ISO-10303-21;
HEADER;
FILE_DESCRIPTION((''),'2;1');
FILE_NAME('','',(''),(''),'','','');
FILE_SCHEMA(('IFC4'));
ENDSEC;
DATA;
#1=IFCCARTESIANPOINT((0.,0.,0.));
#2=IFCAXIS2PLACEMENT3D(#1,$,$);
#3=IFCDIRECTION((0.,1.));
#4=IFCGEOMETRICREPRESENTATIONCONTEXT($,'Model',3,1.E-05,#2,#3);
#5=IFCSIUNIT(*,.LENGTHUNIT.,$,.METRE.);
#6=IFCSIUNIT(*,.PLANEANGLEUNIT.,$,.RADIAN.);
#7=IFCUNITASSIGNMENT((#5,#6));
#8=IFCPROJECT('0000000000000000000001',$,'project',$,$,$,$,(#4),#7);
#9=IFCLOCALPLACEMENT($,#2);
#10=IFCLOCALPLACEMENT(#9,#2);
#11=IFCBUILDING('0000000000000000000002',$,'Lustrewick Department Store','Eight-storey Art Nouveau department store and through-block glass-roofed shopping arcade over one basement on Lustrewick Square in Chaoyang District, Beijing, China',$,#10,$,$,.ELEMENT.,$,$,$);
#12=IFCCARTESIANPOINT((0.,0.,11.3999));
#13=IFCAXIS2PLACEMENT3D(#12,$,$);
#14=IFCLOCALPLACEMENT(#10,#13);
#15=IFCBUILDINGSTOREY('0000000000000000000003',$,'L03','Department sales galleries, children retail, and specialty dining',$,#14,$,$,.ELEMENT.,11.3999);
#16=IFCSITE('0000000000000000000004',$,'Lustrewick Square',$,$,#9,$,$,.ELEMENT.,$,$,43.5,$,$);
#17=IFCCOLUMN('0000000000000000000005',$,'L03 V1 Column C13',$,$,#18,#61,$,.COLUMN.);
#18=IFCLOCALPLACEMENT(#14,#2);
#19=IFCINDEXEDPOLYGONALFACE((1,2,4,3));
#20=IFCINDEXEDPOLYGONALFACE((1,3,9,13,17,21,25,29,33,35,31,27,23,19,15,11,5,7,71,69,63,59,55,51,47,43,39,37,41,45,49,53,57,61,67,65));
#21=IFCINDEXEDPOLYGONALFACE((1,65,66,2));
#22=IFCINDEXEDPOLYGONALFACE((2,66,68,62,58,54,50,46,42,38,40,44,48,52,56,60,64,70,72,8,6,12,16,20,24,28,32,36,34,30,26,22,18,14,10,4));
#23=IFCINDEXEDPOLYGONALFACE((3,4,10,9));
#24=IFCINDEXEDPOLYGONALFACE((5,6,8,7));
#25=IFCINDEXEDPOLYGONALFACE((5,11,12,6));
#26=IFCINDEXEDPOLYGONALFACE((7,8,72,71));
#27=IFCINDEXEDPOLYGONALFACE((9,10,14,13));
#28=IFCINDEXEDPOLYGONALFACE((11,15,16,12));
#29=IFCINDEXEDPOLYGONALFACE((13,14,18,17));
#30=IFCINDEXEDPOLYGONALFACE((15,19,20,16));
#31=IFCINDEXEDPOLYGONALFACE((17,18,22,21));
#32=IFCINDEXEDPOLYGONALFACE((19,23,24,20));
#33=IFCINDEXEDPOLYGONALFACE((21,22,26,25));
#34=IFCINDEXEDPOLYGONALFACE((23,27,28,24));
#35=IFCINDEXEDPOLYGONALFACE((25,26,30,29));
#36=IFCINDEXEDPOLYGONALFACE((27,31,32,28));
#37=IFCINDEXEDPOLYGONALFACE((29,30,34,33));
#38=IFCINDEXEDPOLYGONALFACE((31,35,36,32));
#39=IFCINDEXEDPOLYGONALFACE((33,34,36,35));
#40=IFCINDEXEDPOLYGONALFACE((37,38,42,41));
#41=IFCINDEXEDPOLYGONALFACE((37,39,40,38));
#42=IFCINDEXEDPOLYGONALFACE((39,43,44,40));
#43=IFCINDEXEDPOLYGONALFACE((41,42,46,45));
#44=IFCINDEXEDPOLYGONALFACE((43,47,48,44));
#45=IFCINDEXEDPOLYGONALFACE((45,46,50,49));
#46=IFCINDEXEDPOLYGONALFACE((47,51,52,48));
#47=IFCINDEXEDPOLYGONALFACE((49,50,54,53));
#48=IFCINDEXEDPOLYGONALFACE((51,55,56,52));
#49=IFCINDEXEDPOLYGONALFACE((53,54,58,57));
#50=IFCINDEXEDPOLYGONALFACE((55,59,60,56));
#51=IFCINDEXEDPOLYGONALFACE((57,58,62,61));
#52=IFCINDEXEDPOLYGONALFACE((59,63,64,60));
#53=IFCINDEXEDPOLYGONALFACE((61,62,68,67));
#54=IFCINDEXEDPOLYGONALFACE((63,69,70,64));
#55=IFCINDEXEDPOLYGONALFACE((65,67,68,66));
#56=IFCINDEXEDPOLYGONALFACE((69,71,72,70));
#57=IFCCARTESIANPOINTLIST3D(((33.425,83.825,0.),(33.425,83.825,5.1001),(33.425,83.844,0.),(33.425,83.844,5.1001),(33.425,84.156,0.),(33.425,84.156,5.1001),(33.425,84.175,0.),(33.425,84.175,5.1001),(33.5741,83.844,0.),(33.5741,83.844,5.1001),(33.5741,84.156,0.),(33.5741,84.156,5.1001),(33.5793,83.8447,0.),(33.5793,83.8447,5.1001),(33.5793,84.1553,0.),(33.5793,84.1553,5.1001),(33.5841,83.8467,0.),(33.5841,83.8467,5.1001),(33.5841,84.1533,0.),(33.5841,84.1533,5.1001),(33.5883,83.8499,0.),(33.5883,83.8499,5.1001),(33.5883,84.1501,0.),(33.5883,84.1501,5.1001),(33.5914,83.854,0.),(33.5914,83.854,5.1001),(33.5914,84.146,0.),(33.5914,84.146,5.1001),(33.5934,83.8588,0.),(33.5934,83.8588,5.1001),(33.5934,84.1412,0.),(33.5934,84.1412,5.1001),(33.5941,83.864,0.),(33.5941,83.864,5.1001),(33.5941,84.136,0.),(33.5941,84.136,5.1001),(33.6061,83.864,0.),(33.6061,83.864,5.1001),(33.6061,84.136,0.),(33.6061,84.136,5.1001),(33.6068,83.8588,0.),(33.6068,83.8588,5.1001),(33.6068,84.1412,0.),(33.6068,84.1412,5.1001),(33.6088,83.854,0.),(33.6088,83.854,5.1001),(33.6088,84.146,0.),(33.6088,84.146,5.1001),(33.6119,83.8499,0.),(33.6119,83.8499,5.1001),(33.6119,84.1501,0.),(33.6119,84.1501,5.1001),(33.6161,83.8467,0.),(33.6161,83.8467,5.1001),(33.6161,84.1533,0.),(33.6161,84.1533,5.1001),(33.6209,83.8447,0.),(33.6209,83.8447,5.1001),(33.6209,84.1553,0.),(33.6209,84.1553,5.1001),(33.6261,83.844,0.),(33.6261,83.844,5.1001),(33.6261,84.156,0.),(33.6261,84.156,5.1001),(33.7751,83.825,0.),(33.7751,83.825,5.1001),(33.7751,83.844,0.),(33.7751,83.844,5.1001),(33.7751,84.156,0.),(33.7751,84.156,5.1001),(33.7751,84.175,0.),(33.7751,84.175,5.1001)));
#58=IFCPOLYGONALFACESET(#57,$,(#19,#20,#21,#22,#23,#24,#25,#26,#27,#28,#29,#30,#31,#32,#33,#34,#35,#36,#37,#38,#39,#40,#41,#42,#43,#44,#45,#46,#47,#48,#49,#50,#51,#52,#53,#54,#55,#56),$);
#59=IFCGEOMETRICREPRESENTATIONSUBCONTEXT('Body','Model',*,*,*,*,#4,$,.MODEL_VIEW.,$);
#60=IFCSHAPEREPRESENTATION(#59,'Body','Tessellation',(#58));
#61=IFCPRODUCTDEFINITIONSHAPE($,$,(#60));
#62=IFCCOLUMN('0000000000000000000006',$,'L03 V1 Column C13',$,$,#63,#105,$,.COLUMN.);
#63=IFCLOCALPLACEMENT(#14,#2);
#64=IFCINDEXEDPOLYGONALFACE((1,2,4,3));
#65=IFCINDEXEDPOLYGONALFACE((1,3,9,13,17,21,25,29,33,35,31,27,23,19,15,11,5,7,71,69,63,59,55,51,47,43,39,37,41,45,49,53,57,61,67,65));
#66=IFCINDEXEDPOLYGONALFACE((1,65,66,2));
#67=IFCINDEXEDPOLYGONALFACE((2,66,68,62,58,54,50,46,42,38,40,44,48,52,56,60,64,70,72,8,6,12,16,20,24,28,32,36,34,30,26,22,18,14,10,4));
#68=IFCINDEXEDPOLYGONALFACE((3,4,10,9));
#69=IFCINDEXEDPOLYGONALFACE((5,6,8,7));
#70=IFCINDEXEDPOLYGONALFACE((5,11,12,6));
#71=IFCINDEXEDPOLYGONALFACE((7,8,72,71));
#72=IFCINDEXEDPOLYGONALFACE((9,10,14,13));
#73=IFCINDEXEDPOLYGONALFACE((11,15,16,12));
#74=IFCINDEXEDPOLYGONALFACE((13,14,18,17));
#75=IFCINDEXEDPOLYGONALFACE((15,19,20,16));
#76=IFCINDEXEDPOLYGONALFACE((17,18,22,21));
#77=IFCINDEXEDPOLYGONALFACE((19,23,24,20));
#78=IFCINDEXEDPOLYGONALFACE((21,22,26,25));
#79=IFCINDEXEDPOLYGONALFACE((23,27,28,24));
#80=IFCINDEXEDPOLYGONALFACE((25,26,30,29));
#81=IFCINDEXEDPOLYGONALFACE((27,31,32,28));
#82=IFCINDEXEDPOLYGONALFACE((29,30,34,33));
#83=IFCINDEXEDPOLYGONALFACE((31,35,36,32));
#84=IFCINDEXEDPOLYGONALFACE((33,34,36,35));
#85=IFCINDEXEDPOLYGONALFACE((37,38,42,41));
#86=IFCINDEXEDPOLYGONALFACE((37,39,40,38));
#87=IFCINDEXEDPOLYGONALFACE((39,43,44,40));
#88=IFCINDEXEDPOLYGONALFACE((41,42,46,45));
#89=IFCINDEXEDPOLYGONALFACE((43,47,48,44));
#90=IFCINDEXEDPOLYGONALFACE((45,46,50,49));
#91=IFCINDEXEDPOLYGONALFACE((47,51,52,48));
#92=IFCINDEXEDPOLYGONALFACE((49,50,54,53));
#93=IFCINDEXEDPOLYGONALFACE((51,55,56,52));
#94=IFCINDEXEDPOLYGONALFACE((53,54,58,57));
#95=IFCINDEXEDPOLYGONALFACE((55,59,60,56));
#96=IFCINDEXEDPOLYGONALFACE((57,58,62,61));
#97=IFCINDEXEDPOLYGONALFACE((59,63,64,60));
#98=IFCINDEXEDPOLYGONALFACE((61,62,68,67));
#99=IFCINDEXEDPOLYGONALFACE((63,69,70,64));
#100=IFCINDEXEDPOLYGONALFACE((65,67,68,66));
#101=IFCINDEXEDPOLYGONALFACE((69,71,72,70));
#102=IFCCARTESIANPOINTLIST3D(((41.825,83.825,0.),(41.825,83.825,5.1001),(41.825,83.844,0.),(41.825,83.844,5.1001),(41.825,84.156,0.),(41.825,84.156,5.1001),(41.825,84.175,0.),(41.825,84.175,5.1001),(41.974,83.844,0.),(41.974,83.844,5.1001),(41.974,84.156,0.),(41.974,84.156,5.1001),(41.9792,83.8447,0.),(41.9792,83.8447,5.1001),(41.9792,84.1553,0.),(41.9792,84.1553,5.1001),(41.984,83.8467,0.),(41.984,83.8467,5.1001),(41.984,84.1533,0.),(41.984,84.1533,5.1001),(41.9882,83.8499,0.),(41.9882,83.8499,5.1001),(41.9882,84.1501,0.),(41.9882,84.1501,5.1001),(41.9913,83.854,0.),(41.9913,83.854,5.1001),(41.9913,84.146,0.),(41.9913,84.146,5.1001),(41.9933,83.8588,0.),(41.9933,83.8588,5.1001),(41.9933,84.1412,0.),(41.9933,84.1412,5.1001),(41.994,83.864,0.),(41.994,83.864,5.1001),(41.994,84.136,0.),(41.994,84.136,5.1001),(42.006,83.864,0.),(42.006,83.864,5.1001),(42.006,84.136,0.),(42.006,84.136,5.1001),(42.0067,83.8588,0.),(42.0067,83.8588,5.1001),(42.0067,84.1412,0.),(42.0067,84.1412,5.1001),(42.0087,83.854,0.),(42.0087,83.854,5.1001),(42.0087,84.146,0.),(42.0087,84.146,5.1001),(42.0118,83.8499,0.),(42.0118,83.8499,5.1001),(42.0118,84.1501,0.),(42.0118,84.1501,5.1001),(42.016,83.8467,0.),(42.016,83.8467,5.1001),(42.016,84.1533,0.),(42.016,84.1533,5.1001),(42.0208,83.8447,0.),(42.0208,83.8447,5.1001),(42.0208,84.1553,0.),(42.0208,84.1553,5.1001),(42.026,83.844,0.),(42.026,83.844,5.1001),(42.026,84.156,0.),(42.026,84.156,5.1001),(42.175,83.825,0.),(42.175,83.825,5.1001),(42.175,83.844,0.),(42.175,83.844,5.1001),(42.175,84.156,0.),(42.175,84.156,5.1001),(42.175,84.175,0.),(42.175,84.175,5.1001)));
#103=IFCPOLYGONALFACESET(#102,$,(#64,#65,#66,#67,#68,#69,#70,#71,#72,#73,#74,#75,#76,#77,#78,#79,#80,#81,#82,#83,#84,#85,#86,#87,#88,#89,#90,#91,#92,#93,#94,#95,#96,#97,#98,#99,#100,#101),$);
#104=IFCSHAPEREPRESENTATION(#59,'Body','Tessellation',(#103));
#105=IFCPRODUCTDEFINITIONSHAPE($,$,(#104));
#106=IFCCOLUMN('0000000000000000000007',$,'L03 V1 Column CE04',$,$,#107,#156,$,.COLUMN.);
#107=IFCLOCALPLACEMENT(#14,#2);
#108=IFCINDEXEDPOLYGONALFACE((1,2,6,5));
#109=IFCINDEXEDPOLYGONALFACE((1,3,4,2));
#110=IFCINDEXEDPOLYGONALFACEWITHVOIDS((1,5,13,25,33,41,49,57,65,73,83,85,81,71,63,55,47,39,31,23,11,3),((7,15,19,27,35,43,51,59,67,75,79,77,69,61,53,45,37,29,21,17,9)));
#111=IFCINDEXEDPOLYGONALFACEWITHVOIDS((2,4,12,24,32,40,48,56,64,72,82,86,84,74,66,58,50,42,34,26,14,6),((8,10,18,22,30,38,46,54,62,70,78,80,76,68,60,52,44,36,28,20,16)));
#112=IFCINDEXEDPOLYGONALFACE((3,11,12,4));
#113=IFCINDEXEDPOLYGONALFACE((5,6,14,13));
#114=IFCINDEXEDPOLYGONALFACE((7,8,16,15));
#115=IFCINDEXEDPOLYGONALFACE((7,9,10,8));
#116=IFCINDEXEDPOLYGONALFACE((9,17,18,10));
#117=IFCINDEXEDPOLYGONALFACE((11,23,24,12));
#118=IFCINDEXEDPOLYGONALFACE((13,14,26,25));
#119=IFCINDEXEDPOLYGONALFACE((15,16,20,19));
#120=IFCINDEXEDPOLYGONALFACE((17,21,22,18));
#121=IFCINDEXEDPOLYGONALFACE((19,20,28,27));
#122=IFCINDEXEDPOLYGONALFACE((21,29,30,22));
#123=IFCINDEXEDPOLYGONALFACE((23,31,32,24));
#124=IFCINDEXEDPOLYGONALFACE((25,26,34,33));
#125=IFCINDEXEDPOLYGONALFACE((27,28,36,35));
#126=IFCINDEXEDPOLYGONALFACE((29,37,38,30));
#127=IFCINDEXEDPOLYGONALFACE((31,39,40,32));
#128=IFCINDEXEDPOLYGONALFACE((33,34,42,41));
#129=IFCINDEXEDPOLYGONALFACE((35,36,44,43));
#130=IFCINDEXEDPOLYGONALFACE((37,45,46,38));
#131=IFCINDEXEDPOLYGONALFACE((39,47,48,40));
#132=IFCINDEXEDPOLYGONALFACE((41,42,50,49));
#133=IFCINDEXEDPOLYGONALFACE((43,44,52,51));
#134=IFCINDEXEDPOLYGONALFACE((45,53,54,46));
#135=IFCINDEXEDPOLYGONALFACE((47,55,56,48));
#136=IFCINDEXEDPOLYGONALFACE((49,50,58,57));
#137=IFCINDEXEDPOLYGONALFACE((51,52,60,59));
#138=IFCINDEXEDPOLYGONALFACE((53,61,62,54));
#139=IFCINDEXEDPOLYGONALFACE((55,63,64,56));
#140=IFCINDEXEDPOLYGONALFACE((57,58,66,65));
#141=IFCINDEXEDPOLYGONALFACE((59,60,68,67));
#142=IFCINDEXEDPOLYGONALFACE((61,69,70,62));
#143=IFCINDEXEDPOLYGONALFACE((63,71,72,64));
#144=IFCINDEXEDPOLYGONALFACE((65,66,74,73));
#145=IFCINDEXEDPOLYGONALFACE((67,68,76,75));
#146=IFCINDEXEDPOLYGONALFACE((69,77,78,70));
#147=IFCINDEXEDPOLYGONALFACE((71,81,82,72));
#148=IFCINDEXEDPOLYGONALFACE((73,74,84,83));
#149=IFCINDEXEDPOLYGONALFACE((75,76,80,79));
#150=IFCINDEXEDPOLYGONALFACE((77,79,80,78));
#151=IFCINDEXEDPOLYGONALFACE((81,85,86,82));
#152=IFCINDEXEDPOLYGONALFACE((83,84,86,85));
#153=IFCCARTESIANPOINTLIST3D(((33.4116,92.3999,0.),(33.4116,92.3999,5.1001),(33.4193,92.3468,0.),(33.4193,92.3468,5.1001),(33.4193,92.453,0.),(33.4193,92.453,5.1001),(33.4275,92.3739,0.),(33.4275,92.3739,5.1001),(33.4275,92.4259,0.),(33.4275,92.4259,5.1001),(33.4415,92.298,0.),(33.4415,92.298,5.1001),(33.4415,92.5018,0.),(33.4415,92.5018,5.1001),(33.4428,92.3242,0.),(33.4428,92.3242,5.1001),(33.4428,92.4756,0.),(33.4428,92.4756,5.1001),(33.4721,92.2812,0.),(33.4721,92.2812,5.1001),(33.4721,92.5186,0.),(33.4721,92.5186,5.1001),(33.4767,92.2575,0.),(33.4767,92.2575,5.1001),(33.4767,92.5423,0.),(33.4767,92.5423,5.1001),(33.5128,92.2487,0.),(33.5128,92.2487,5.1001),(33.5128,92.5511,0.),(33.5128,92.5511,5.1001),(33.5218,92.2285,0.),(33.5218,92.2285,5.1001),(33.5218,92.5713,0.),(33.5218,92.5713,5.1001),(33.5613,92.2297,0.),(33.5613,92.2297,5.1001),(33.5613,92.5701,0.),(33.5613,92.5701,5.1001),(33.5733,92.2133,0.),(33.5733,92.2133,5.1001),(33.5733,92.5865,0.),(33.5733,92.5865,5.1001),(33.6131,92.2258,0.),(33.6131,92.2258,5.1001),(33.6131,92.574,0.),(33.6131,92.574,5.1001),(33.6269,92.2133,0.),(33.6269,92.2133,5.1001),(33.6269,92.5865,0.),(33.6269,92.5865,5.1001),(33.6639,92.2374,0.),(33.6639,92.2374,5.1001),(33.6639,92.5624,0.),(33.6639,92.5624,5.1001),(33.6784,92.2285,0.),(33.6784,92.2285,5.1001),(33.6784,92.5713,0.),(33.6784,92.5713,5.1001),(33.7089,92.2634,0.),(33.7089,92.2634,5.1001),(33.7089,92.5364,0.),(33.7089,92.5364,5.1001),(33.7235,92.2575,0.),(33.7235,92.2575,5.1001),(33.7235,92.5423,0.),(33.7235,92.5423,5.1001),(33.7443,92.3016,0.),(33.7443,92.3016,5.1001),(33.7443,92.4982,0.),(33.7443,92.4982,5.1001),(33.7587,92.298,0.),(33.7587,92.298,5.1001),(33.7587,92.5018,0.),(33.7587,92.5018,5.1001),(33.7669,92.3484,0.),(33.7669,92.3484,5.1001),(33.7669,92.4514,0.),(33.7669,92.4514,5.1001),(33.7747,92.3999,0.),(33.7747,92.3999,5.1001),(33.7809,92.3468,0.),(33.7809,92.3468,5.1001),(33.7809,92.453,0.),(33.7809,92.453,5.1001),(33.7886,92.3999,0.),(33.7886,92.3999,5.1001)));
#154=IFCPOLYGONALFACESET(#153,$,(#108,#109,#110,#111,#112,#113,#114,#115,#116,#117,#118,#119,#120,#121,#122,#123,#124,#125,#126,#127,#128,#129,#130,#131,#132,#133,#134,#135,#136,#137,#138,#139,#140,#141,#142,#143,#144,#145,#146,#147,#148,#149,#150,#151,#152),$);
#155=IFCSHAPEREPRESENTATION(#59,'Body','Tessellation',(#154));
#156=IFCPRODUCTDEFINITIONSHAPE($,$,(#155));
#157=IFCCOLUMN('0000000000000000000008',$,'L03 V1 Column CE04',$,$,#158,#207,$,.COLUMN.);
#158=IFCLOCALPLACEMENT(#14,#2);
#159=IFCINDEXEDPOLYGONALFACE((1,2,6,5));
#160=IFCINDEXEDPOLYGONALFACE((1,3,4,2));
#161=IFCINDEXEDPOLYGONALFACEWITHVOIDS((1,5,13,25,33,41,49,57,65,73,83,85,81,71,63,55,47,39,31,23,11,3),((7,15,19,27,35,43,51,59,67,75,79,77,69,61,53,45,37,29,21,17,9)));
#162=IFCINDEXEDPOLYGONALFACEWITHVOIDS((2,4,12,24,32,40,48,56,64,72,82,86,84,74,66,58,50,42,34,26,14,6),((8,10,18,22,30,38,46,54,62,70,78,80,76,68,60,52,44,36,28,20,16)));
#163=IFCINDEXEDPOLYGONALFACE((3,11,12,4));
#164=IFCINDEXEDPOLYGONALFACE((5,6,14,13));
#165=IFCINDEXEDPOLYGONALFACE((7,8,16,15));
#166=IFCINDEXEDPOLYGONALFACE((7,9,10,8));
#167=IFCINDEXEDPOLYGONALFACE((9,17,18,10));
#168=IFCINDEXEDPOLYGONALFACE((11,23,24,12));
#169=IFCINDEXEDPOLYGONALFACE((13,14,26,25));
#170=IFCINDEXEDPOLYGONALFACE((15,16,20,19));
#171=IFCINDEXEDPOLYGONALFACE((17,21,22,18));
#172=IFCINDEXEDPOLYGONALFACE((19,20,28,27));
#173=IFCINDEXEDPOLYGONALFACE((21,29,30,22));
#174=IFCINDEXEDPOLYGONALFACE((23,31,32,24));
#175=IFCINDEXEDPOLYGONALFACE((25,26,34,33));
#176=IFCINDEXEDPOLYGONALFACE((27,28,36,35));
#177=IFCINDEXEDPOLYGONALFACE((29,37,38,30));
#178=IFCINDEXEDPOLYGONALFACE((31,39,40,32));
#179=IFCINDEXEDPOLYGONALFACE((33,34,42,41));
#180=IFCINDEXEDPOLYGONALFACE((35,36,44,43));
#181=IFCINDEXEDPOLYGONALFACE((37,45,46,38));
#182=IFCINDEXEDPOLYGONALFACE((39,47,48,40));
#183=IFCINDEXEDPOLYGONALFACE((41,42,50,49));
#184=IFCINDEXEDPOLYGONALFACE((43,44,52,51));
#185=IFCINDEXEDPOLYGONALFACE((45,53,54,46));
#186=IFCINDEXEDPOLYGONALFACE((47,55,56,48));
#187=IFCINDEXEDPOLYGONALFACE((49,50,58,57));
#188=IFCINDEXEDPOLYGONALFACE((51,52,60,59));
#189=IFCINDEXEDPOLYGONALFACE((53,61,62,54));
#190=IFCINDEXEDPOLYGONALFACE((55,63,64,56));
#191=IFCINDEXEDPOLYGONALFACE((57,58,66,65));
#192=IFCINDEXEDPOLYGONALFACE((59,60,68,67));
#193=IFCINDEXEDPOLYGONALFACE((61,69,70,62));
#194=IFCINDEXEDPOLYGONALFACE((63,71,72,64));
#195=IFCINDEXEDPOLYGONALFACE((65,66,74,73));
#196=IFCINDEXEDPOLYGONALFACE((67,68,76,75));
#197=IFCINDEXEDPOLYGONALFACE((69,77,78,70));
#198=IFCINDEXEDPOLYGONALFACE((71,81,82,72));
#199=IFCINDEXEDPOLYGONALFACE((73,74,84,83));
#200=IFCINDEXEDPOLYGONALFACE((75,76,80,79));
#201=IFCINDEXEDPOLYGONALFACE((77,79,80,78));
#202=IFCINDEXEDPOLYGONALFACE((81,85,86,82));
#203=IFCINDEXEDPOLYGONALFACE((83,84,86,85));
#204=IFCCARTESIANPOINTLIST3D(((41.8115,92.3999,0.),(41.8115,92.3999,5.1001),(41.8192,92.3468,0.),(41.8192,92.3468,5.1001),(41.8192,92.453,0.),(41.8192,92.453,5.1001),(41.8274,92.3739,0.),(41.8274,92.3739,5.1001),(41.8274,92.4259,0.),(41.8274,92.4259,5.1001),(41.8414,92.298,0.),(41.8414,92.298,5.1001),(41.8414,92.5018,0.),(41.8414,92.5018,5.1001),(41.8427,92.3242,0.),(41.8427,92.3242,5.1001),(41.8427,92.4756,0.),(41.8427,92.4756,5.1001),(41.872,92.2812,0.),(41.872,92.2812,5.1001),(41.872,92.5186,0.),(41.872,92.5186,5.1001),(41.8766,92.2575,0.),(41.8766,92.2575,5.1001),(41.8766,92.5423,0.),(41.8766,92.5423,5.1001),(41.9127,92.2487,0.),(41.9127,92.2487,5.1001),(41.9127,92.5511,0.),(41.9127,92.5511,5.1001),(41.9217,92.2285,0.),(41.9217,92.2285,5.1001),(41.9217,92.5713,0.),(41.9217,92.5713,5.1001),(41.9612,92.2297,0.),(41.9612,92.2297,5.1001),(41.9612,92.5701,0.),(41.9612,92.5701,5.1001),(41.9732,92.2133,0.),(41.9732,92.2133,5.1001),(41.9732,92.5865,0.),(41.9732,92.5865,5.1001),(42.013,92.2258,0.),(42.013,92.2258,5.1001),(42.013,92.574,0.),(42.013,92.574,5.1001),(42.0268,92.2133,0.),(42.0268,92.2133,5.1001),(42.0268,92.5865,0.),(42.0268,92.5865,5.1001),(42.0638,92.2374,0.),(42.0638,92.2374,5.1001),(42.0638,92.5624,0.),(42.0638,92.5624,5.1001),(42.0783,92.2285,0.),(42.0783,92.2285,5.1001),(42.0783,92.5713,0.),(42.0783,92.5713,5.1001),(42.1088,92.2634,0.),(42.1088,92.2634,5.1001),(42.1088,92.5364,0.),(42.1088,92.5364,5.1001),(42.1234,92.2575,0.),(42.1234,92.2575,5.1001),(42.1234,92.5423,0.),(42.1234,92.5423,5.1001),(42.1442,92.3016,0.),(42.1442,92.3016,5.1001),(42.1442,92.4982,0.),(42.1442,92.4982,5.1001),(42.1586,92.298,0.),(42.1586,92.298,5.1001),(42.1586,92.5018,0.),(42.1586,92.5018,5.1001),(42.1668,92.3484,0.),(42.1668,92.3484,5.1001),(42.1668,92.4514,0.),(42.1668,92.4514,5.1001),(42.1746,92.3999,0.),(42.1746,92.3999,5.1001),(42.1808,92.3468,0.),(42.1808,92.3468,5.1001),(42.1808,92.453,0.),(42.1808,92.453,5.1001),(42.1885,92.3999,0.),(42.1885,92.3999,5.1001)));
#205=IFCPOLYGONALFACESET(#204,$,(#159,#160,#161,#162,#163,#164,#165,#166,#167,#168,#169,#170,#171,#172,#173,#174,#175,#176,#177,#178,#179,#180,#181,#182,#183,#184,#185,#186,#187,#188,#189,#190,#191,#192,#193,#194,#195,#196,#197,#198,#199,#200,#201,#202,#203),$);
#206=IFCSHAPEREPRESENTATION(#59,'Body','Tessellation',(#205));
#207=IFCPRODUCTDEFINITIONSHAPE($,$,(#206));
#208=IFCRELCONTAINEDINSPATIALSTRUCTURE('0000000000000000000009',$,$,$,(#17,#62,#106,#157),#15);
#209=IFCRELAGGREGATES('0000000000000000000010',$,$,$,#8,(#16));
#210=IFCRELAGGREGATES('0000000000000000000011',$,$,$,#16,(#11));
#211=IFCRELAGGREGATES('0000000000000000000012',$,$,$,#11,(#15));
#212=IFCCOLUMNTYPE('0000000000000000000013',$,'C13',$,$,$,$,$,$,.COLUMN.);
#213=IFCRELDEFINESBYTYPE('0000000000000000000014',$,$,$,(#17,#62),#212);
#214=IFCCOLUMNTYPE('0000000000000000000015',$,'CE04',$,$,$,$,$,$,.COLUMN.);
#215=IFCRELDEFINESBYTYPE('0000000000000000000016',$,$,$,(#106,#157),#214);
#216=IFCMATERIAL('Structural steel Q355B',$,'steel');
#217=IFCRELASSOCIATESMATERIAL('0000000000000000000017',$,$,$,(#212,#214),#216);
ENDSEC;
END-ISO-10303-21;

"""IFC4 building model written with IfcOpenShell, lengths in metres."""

from ifc_helpers import new_model, si_unit, direction, frame, origin, origin_2d, place, context, subcontext, project, spatial, hollow_circle, i_section, extrude, material, material_profile, profile_set, type_object, element, save


model = new_model("IFC4")

# Units and contexts
model_context = context("Model", 3, precision=1e-05, world=origin(), true_north=direction((0.0, 1.0)))
body_context = subcontext(model_context, "Body", "Model", "MODEL_VIEW")
ifc_project = project(units=[si_unit("LENGTHUNIT", "METRE"), si_unit("PLANEANGLEUNIT", "RADIAN")], contexts=[model_context])

# Site, building, storey
site_placement = place(None, origin())
site = spatial("IfcSite", under=ifc_project, at=site_placement, Name="Lustrewick Square", CompositionType="ELEMENT", RefElevation=43.5)
building_placement = place(site_placement, origin())
building = spatial("IfcBuilding", under=site, at=building_placement, Name="Lustrewick Department Store", Description="Eight-storey Art Nouveau department store and through-block glass-roofed shopping arcade over one basement on Lustrewick Square in Chaoyang District, Beijing, China", CompositionType="ELEMENT")
storey_placement = place(building_placement, frame((0.0, 0.0, 11.3999)))
storey = spatial("IfcBuildingStorey", under=building, at=storey_placement, Name="L03", Description="Department sales galleries, children retail, and specialty dining", CompositionType="ELEMENT", Elevation=11.3999)

# Columns
ifc_material_1 = material(Name="Structural steel Q355B", Category="steel")
ifc_material_profile_1 = material_profile(ifc_material_1, i_section(OverallWidth=0.3501, OverallDepth=0.3501, WebThickness=0.012, FlangeThickness=0.019, FilletRadius=0.02, at=origin_2d()), Name="HW 350x350x12x19")
ifc_profile_set_1 = profile_set([ifc_material_profile_1], Name="Structural steel Q355B")
column_type_1 = type_object("IfcColumnType", Name="C13", PredefinedType="COLUMN", material=ifc_profile_set_1)
for number, where, z_axis, x_axis, name in (
    (1, (33.6001, 84.0, 0.0), (0.0, 0.0, 1.0), (1.0, 0.0, 0.0), "L03 V1 Column C13"),
    (2, (42.0, 84.0, 0.0), (0.0, 0.0, 1.0), (1.0, 0.0, 0.0), "L03 V1 Column C13"),
):
    element("IfcColumn", number, at=place(storey_placement, frame(where, z_axis=z_axis, x_axis=x_axis)), inside=storey, type_object=column_type_1, Name=name, PredefinedType="COLUMN", context=body_context, shape_type="SweptSolid", body=[
        extrude(i_section(OverallWidth=0.3501, OverallDepth=0.3501, WebThickness=0.012, FlangeThickness=0.019, FilletRadius=0.02, at=origin_2d()), origin(), (0.0, 0.0, 1.0), 5.1001),
    ])
ifc_material_profile_2 = material_profile(ifc_material_1, hollow_circle(Radius=0.1885, WallThickness=0.0139, at=origin_2d()), Name="CHS 377x14")
ifc_profile_set_2 = profile_set([ifc_material_profile_2], Name="Structural steel Q355B")
column_type_2 = type_object("IfcColumnType", Name="CE04", PredefinedType="COLUMN", material=ifc_profile_set_2)
for number, where, z_axis, x_axis, name in (
    (3, (33.6001, 92.3999, 0.0), (0.0, 0.0, 1.0), (1.0, 0.0, 0.0), "L03 V1 Column CE04"),
    (4, (42.0, 92.3999, 0.0), (0.0, 0.0, 1.0), (1.0, 0.0, 0.0), "L03 V1 Column CE04"),
):
    element("IfcColumn", number, at=place(storey_placement, frame(where, z_axis=z_axis, x_axis=x_axis)), inside=storey, type_object=column_type_2, Name=name, PredefinedType="COLUMN", context=body_context, shape_type="SweptSolid", body=[
        extrude(hollow_circle(Radius=0.1885, WallThickness=0.0139, at=origin_2d()), origin(), (0.0, 0.0, 1.0), 5.1001),
    ])

save(model, "model.ifc")
